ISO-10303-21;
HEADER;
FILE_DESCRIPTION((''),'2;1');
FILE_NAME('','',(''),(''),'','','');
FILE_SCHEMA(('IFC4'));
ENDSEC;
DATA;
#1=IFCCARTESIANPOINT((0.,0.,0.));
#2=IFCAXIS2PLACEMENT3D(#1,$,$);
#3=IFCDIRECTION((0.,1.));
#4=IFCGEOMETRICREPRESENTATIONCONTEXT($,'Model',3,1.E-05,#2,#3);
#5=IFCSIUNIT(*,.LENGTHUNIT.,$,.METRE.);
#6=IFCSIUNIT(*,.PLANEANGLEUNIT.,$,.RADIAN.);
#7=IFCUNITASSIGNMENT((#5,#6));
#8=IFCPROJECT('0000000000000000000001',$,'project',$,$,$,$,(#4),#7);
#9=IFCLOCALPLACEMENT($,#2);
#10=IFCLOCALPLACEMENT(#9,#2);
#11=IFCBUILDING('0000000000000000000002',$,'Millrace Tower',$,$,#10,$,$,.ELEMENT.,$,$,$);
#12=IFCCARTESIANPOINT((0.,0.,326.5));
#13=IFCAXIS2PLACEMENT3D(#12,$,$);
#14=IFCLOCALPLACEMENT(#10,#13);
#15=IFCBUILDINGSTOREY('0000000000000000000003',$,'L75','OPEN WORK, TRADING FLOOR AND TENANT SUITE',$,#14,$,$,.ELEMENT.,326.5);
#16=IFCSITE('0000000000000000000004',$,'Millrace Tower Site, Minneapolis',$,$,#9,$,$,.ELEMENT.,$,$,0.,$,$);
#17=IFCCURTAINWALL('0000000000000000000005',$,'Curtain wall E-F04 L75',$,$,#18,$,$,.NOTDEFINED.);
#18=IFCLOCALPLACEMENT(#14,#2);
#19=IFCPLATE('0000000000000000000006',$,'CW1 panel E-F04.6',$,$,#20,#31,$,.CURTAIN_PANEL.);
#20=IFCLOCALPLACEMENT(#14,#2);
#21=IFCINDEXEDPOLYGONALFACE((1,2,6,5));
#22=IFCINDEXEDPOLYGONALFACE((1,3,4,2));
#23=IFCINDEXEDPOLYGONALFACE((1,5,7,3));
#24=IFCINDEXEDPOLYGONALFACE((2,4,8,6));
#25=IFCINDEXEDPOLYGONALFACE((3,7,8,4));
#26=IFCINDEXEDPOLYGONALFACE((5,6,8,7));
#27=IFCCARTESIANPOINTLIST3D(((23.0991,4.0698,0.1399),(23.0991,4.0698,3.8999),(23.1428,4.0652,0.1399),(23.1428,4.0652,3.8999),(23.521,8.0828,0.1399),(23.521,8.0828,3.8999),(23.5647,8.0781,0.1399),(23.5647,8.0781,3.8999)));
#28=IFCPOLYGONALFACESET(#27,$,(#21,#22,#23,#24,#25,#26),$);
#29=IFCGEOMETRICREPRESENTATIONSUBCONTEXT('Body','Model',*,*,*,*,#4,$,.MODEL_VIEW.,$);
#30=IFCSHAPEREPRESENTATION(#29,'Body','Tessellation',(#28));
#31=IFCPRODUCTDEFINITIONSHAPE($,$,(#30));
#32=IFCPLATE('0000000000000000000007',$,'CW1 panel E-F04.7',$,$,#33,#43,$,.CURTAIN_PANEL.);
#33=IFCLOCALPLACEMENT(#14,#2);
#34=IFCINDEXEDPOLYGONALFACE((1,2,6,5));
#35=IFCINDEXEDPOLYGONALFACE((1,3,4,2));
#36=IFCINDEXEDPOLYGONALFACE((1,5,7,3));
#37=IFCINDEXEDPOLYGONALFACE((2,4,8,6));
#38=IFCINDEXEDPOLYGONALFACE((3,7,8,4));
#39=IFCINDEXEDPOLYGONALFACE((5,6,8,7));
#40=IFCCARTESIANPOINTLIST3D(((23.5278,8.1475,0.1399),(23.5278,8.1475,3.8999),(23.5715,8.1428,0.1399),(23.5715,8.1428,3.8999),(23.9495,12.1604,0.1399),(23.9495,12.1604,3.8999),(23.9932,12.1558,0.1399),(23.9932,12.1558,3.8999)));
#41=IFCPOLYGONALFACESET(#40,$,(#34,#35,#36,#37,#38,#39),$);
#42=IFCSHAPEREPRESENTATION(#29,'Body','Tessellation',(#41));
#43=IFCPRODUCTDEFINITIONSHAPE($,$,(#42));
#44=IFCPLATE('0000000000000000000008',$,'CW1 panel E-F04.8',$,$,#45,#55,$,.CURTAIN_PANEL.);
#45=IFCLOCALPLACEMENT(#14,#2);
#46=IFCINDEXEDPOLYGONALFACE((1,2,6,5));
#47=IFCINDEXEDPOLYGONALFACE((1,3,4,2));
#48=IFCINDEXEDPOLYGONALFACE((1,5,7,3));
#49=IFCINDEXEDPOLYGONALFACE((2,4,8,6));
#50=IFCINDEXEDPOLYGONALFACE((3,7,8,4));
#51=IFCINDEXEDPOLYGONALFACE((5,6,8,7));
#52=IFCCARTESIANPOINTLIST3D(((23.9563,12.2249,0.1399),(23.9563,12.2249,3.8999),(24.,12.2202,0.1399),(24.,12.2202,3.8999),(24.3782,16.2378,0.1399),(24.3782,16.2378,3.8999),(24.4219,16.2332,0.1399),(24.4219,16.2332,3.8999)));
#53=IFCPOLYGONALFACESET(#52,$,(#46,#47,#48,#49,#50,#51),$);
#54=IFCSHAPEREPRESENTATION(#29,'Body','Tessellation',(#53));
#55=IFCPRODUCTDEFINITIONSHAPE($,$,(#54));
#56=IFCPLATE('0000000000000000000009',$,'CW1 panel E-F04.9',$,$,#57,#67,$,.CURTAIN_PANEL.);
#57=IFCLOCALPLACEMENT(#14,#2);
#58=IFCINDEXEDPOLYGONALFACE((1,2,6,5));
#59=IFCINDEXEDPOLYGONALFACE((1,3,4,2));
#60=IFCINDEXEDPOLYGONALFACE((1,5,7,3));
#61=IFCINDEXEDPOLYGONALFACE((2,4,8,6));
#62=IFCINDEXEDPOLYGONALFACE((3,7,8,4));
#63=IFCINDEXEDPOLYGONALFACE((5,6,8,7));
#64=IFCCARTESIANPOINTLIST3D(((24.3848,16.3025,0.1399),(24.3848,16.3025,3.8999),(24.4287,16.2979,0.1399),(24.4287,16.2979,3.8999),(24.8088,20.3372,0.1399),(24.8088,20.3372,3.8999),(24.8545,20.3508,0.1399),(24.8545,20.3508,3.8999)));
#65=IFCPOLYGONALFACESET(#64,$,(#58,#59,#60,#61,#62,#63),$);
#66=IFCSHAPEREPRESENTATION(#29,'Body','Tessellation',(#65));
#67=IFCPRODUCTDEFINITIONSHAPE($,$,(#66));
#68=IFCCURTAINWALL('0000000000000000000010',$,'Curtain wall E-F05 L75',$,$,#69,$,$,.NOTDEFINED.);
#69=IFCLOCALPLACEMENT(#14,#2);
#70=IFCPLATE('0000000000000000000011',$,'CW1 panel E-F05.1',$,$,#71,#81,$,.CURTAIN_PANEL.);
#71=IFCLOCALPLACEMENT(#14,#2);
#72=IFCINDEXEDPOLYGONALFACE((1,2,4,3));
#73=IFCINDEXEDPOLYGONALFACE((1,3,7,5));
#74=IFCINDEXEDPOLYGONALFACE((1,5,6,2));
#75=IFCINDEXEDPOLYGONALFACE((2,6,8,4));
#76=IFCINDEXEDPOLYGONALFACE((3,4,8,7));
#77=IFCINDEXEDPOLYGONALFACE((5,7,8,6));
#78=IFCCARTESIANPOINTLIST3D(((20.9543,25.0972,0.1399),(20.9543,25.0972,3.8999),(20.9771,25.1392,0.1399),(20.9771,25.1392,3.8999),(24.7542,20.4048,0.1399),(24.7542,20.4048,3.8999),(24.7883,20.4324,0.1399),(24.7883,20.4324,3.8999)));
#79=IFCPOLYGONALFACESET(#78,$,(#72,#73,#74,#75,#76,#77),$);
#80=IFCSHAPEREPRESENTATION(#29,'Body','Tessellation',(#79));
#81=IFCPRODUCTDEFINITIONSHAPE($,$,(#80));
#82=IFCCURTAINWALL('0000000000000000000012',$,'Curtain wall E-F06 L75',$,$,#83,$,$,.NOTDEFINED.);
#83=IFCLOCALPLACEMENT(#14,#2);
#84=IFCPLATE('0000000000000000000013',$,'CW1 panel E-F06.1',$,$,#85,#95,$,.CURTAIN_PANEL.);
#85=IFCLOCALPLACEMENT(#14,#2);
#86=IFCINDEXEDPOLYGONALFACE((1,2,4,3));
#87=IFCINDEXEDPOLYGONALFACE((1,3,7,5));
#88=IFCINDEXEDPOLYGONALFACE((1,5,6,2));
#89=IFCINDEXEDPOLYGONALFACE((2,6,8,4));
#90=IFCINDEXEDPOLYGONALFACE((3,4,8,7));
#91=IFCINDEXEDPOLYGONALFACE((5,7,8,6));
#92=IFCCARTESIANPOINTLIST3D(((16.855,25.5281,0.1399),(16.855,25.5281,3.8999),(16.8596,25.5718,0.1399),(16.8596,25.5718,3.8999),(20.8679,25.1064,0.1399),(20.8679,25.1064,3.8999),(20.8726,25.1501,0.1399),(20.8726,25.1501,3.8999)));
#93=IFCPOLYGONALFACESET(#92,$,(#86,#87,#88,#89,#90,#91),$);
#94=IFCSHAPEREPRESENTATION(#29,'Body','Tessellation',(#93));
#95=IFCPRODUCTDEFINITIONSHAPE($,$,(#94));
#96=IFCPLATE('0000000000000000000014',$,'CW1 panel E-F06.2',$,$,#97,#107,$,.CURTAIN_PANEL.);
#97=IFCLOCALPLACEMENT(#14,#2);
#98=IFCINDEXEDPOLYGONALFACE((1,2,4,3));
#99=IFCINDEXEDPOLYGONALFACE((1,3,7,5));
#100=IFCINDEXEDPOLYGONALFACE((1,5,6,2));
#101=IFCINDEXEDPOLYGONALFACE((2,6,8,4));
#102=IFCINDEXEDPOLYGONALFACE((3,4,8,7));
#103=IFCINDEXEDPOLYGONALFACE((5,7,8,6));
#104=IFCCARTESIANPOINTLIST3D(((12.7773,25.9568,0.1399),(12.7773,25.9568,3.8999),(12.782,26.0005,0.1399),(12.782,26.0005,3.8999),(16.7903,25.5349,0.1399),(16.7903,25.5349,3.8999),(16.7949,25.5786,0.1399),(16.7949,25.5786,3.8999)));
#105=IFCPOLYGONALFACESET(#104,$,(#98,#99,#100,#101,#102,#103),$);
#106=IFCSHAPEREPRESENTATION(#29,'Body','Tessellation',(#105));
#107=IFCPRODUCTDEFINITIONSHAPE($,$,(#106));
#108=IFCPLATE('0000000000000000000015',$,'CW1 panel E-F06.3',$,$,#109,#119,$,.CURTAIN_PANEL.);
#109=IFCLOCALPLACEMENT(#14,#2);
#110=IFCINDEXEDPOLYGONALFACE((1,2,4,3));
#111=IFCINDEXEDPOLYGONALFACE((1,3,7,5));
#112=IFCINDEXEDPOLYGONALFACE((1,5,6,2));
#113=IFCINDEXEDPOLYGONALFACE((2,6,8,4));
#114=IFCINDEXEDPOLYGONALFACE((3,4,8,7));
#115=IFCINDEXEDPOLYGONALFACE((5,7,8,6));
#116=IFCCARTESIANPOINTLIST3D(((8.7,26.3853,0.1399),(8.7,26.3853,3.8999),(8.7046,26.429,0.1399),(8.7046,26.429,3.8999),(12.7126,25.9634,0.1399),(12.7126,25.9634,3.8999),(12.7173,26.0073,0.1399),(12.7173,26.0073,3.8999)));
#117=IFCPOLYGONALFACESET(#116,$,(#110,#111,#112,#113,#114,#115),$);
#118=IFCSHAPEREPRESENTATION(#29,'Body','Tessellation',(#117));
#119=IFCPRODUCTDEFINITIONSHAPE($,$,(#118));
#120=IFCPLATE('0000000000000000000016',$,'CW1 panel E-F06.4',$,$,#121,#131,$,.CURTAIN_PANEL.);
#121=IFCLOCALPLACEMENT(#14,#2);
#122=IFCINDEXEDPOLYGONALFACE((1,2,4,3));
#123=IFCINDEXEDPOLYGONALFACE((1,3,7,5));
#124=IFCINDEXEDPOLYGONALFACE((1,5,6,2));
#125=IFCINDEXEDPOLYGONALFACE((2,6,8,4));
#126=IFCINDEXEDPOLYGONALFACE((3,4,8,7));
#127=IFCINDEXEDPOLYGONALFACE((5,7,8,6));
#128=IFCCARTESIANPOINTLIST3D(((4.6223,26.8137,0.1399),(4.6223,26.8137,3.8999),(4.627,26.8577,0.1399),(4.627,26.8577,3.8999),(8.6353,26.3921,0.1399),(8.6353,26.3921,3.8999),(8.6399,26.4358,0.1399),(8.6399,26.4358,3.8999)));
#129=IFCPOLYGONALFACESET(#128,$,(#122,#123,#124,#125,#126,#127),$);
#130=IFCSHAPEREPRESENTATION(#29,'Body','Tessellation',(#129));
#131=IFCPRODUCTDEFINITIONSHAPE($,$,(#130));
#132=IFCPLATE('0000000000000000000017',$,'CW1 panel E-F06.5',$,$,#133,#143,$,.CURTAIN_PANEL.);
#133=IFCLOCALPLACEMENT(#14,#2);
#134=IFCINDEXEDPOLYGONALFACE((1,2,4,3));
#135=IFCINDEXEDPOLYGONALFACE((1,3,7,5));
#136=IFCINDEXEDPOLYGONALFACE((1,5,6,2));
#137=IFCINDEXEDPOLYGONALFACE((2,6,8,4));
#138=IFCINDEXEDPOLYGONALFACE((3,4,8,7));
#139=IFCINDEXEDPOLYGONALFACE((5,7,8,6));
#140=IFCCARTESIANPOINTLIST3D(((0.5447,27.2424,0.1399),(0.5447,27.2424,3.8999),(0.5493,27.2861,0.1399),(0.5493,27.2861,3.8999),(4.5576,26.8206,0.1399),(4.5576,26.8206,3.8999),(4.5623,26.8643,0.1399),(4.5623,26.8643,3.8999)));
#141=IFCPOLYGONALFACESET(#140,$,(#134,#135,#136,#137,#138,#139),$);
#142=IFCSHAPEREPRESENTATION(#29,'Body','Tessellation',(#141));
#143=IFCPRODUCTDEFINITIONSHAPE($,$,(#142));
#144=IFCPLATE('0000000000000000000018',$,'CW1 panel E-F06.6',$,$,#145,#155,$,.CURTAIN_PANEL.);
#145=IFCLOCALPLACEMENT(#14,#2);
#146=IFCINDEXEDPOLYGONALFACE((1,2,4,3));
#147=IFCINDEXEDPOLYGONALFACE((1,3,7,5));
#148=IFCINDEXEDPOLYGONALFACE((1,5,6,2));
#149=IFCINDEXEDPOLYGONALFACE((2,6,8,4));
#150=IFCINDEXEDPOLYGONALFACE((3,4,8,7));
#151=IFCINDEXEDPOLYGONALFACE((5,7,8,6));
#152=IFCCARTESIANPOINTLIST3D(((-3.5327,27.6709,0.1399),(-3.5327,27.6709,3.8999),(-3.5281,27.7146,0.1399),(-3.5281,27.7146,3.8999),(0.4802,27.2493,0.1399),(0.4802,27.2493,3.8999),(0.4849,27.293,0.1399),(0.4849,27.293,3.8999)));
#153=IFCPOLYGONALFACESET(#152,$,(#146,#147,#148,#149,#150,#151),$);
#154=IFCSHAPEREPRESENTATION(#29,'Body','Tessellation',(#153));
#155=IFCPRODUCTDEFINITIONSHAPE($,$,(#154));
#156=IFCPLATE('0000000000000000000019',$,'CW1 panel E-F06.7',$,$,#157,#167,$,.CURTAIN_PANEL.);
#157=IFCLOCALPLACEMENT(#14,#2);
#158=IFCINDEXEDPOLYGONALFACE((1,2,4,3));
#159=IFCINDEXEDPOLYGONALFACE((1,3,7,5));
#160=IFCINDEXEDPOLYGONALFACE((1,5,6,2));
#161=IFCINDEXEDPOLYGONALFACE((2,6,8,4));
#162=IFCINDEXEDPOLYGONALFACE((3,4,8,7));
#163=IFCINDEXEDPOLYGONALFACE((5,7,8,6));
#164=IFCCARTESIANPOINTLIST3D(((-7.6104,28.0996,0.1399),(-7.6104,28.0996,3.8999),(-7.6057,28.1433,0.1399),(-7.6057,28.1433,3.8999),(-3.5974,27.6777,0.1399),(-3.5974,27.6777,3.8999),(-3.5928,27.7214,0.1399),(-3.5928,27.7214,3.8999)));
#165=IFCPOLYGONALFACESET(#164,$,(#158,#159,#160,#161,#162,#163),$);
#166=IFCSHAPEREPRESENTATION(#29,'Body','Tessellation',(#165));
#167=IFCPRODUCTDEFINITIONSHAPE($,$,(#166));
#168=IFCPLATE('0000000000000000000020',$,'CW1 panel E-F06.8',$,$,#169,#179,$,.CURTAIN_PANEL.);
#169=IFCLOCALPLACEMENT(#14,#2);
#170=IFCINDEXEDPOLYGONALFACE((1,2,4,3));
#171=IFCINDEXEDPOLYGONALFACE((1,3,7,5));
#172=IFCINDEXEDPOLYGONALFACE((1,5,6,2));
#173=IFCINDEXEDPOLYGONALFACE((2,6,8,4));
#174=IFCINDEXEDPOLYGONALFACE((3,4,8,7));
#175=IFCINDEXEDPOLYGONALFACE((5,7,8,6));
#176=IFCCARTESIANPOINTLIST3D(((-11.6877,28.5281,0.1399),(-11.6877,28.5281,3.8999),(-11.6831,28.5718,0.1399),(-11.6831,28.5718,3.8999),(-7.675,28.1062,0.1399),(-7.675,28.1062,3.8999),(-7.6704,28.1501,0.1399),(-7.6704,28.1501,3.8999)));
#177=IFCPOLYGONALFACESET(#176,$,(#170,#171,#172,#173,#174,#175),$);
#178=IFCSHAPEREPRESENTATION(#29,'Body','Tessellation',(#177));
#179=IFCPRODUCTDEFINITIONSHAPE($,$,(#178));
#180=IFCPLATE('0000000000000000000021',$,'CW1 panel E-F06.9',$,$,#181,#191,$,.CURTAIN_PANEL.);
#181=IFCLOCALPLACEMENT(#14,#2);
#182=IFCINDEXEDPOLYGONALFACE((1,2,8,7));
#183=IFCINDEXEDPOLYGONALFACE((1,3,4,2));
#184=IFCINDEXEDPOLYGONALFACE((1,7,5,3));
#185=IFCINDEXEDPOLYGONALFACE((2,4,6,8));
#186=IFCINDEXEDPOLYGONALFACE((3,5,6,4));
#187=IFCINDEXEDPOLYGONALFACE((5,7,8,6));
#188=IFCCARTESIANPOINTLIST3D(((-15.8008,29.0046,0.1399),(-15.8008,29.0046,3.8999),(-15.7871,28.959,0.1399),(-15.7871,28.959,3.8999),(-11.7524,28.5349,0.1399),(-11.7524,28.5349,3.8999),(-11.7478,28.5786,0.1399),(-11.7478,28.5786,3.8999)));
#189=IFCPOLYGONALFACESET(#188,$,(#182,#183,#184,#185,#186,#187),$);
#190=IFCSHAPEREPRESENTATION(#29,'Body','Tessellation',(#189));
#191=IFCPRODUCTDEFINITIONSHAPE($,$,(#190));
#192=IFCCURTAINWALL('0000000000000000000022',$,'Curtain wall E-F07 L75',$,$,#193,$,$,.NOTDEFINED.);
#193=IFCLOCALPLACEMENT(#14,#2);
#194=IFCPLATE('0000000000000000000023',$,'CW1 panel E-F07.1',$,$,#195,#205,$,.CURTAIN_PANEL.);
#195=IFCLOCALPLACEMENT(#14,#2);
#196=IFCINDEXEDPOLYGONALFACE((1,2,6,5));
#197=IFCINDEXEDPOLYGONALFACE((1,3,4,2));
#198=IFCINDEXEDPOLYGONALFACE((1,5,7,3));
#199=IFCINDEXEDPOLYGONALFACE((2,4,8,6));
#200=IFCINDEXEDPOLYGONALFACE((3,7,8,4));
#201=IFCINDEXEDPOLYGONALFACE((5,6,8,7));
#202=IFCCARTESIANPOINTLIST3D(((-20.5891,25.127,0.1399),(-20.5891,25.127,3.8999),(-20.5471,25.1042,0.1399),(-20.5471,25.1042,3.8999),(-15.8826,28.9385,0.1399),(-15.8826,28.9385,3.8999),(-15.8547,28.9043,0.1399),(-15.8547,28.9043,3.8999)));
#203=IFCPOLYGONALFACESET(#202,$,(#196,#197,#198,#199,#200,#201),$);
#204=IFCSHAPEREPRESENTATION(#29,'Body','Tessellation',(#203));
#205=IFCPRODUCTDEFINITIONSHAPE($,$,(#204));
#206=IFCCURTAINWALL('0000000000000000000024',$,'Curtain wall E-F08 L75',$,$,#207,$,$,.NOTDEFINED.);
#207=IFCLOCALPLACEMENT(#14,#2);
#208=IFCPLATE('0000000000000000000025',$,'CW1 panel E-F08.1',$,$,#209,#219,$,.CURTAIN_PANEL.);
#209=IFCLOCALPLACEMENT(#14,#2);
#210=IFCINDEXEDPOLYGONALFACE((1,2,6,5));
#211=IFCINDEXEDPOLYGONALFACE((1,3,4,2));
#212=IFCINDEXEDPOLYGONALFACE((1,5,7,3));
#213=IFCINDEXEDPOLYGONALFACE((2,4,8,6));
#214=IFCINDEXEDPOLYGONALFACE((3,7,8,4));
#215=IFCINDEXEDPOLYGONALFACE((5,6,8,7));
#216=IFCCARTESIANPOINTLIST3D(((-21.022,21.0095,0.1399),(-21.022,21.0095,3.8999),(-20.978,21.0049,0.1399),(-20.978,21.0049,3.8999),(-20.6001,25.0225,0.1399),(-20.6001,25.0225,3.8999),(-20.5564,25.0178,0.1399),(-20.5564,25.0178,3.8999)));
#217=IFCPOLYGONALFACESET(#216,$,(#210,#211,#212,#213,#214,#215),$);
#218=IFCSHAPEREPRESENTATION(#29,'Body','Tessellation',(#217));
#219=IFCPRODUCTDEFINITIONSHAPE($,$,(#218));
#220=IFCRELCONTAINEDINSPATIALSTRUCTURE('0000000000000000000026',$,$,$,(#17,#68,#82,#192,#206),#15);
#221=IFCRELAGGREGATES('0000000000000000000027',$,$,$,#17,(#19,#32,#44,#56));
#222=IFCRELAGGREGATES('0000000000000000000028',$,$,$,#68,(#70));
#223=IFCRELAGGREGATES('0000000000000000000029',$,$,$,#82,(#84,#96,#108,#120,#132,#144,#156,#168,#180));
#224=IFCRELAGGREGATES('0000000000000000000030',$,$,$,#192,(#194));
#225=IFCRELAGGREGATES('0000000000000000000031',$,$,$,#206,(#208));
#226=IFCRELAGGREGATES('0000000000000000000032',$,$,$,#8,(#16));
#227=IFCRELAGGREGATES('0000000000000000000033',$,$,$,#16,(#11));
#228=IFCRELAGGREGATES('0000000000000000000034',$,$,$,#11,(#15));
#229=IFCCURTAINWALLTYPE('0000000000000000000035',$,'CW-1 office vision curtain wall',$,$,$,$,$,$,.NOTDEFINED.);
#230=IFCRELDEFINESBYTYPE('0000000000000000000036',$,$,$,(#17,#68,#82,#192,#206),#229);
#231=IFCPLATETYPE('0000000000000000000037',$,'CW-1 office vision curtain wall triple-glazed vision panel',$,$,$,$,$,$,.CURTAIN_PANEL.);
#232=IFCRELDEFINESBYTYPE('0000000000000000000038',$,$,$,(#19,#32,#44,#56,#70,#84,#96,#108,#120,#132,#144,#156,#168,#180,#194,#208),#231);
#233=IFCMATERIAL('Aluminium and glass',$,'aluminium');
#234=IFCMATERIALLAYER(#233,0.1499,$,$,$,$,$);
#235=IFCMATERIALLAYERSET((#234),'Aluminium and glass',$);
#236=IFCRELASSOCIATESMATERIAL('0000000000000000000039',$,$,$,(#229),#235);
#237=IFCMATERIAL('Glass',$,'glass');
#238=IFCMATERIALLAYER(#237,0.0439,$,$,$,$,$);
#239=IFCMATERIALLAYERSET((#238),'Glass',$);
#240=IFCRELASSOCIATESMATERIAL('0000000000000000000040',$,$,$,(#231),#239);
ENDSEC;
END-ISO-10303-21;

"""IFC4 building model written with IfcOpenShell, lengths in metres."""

from ifc_helpers import new_model, si_unit, direction, frame, origin, place, context, subcontext, project, spatial, polyline, outline, extrude, material, layer, layer_set, type_object, element, aggregate, save


model = new_model("IFC4")

# Units and contexts
model_context = context("Model", 3, precision=1e-05, world=origin(), true_north=direction((0.0, 1.0)))
body_context = subcontext(model_context, "Body", "Model", "MODEL_VIEW")
ifc_project = project(units=[si_unit("LENGTHUNIT", "METRE"), si_unit("PLANEANGLEUNIT", "RADIAN")], contexts=[model_context])

# Site, building, storey
site_placement = place(None, origin())
site = spatial("IfcSite", under=ifc_project, at=site_placement, Name="Millrace Tower Site, Minneapolis", CompositionType="ELEMENT", RefElevation=0.0)
building_placement = place(site_placement, origin())
building = spatial("IfcBuilding", under=site, at=building_placement, Name="Millrace Tower", CompositionType="ELEMENT")
storey_placement = place(building_placement, frame((0.0, 0.0, 326.5)))
storey = spatial("IfcBuildingStorey", under=building, at=storey_placement, Name="L75", Description="OPEN WORK, TRADING FLOOR AND TENANT SUITE", CompositionType="ELEMENT", Elevation=326.5)

# Curtain wall, plates
ifc_material_1 = material(Name="Aluminium and glass", Category="aluminium")
ifc_layer_1 = layer(ifc_material_1, 0.1499)
ifc_layer_set_1 = layer_set([ifc_layer_1], Name="Aluminium and glass")
curtain_wall_type = type_object("IfcCurtainWallType", Name="CW-1 office vision curtain wall", PredefinedType="NOTDEFINED", material=ifc_layer_set_1)
placement_1 = place(storey_placement, origin())
curtain_wall_1 = element("IfcCurtainWall", 1, at=placement_1, inside=storey, type_object=curtain_wall_type, Name="Curtain wall E-F04 L75", PredefinedType="NOTDEFINED")
ifc_material_2 = material(Name="Glass", Category="glass")
ifc_layer_2 = layer(ifc_material_2, 0.0439)
ifc_layer_set_2 = layer_set([ifc_layer_2], Name="Glass")
plate_type = type_object("IfcPlateType", Name="CW-1 office vision curtain wall triple-glazed vision panel", PredefinedType="CURTAIN_PANEL", material=ifc_layer_set_2)
placement_2 = place(storey_placement, frame((0.0, 0.0, 0.1399)))
plate_1 = element("IfcPlate", 2, at=placement_2, type_object=plate_type, Name="CW1 panel E-F04.6", PredefinedType="CURTAIN_PANEL", context=body_context, shape_type="SweptSolid", body=[
    extrude(outline(polyline([(23.1428, 4.0652), (23.5647, 8.0781), (23.521, 8.0828), (23.0991, 4.0698), (23.1428, 4.0652)])), origin(), (0.0, 0.0, 1.0), 3.76),
])
plate_2 = element("IfcPlate", 3, at=placement_2, type_object=plate_type, Name="CW1 panel E-F04.7", PredefinedType="CURTAIN_PANEL", context=body_context, shape_type="SweptSolid", body=[
    extrude(outline(polyline([(23.5715, 8.1428), (23.9932, 12.1558), (23.9495, 12.1604), (23.5278, 8.1475), (23.5715, 8.1428)])), origin(), (0.0, 0.0, 1.0), 3.76),
])
plate_3 = element("IfcPlate", 4, at=placement_2, type_object=plate_type, Name="CW1 panel E-F04.8", PredefinedType="CURTAIN_PANEL", context=body_context, shape_type="SweptSolid", body=[
    extrude(outline(polyline([(24.0, 12.2202), (24.4219, 16.2332), (24.3782, 16.2378), (23.9563, 12.2249), (24.0, 12.2202)])), origin(), (0.0, 0.0, 1.0), 3.76),
])
plate_4 = element("IfcPlate", 5, at=placement_2, type_object=plate_type, Name="CW1 panel E-F04.9", PredefinedType="CURTAIN_PANEL", context=body_context, shape_type="SweptSolid", body=[
    extrude(outline(polyline([(24.4287, 16.2979), (24.8545, 20.3508), (24.8088, 20.3372), (24.3848, 16.3025), (24.4287, 16.2979)])), origin(), (0.0, 0.0, 1.0), 3.76),
])
aggregate(curtain_wall_1, [plate_1, plate_2, plate_3, plate_4])

# Curtain wall, plate
curtain_wall_2 = element("IfcCurtainWall", 6, at=placement_1, inside=storey, type_object=curtain_wall_type, Name="Curtain wall E-F05 L75", PredefinedType="NOTDEFINED")
plate_5 = element("IfcPlate", 7, at=placement_2, type_object=plate_type, Name="CW1 panel E-F05.1", PredefinedType="CURTAIN_PANEL", context=body_context, shape_type="SweptSolid", body=[
    extrude(outline(polyline([(24.7883, 20.4324), (20.9771, 25.1392), (20.9543, 25.0972), (24.7542, 20.4048), (24.7883, 20.4324)])), origin(), (0.0, 0.0, 1.0), 3.76),
])
aggregate(curtain_wall_2, [plate_5])

# Curtain wall, plates
curtain_wall_3 = element("IfcCurtainWall", 8, at=placement_1, inside=storey, type_object=curtain_wall_type, Name="Curtain wall E-F06 L75", PredefinedType="NOTDEFINED")
plate_6 = element("IfcPlate", 9, at=placement_2, type_object=plate_type, Name="CW1 panel E-F06.1", PredefinedType="CURTAIN_PANEL", context=body_context, shape_type="SweptSolid", body=[
    extrude(outline(polyline([(20.8726, 25.1501), (16.8596, 25.5718), (16.855, 25.5281), (20.8679, 25.1064), (20.8726, 25.1501)])), origin(), (0.0, 0.0, 1.0), 3.76),
])
plate_7 = element("IfcPlate", 10, at=placement_2, type_object=plate_type, Name="CW1 panel E-F06.2", PredefinedType="CURTAIN_PANEL", context=body_context, shape_type="SweptSolid", body=[
    extrude(outline(polyline([(16.7949, 25.5786), (12.782, 26.0005), (12.7773, 25.9568), (16.7903, 25.5349), (16.7949, 25.5786)])), origin(), (0.0, 0.0, 1.0), 3.76),
])
plate_8 = element("IfcPlate", 11, at=placement_2, type_object=plate_type, Name="CW1 panel E-F06.3", PredefinedType="CURTAIN_PANEL", context=body_context, shape_type="SweptSolid", body=[
    extrude(outline(polyline([(12.7173, 26.0073), (8.7046, 26.429), (8.7, 26.3853), (12.7126, 25.9634), (12.7173, 26.0073)])), origin(), (0.0, 0.0, 1.0), 3.76),
])
plate_9 = element("IfcPlate", 12, at=placement_2, type_object=plate_type, Name="CW1 panel E-F06.4", PredefinedType="CURTAIN_PANEL", context=body_context, shape_type="SweptSolid", body=[
    extrude(outline(polyline([(8.6399, 26.4358), (4.627, 26.8577), (4.6223, 26.8137), (8.6353, 26.3921), (8.6399, 26.4358)])), origin(), (0.0, 0.0, 1.0), 3.76),
])
plate_10 = element("IfcPlate", 13, at=placement_2, type_object=plate_type, Name="CW1 panel E-F06.5", PredefinedType="CURTAIN_PANEL", context=body_context, shape_type="SweptSolid", body=[
    extrude(outline(polyline([(4.5623, 26.8643), (0.5493, 27.2861), (0.5447, 27.2424), (4.5576, 26.8206), (4.5623, 26.8643)])), origin(), (0.0, 0.0, 1.0), 3.76),
])
plate_11 = element("IfcPlate", 14, at=placement_2, type_object=plate_type, Name="CW1 panel E-F06.6", PredefinedType="CURTAIN_PANEL", context=body_context, shape_type="SweptSolid", body=[
    extrude(outline(polyline([(0.4849, 27.293), (-3.5281, 27.7146), (-3.5327, 27.6709), (0.4802, 27.2493), (0.4849, 27.293)])), origin(), (0.0, 0.0, 1.0), 3.76),
])
plate_12 = element("IfcPlate", 15, at=placement_2, type_object=plate_type, Name="CW1 panel E-F06.7", PredefinedType="CURTAIN_PANEL", context=body_context, shape_type="SweptSolid", body=[
    extrude(outline(polyline([(-3.5928, 27.7214), (-7.6057, 28.1433), (-7.6104, 28.0996), (-3.5974, 27.6777), (-3.5928, 27.7214)])), origin(), (0.0, 0.0, 1.0), 3.76),
])
plate_13 = element("IfcPlate", 16, at=placement_2, type_object=plate_type, Name="CW1 panel E-F06.8", PredefinedType="CURTAIN_PANEL", context=body_context, shape_type="SweptSolid", body=[
    extrude(outline(polyline([(-7.6704, 28.1501), (-11.6831, 28.5718), (-11.6877, 28.5281), (-7.675, 28.1062), (-7.6704, 28.1501)])), origin(), (0.0, 0.0, 1.0), 3.76),
])
plate_14 = element("IfcPlate", 17, at=placement_2, type_object=plate_type, Name="CW1 panel E-F06.9", PredefinedType="CURTAIN_PANEL", context=body_context, shape_type="SweptSolid", body=[
    extrude(outline(polyline([(-11.7478, 28.5786), (-15.8008, 29.0046), (-15.7871, 28.959), (-11.7524, 28.5349), (-11.7478, 28.5786)])), origin(), (0.0, 0.0, 1.0), 3.76),
])
aggregate(curtain_wall_3, [plate_6, plate_7, plate_8, plate_9, plate_10, plate_11, plate_12, plate_13, plate_14])

# Curtain wall, plate
curtain_wall_4 = element("IfcCurtainWall", 18, at=placement_1, inside=storey, type_object=curtain_wall_type, Name="Curtain wall E-F07 L75", PredefinedType="NOTDEFINED")
plate_15 = element("IfcPlate", 19, at=placement_2, type_object=plate_type, Name="CW1 panel E-F07.1", PredefinedType="CURTAIN_PANEL", context=body_context, shape_type="SweptSolid", body=[
    extrude(outline(polyline([(-15.8826, 28.9385), (-20.5891, 25.127), (-20.5471, 25.1042), (-15.8547, 28.9043), (-15.8826, 28.9385)])), origin(), (0.0, 0.0, 1.0), 3.76),
])
aggregate(curtain_wall_4, [plate_15])

# Curtain wall, plate
curtain_wall_5 = element("IfcCurtainWall", 20, at=placement_1, inside=storey, type_object=curtain_wall_type, Name="Curtain wall E-F08 L75", PredefinedType="NOTDEFINED")
plate_16 = element("IfcPlate", 21, at=placement_2, type_object=plate_type, Name="CW1 panel E-F08.1", PredefinedType="CURTAIN_PANEL", context=body_context, shape_type="SweptSolid", body=[
    extrude(outline(polyline([(-20.6001, 25.0225), (-21.022, 21.0095), (-20.978, 21.0049), (-20.5564, 25.0178), (-20.6001, 25.0225)])), origin(), (0.0, 0.0, 1.0), 3.76),
])
aggregate(curtain_wall_5, [plate_16])

save(model, "model.ifc")
